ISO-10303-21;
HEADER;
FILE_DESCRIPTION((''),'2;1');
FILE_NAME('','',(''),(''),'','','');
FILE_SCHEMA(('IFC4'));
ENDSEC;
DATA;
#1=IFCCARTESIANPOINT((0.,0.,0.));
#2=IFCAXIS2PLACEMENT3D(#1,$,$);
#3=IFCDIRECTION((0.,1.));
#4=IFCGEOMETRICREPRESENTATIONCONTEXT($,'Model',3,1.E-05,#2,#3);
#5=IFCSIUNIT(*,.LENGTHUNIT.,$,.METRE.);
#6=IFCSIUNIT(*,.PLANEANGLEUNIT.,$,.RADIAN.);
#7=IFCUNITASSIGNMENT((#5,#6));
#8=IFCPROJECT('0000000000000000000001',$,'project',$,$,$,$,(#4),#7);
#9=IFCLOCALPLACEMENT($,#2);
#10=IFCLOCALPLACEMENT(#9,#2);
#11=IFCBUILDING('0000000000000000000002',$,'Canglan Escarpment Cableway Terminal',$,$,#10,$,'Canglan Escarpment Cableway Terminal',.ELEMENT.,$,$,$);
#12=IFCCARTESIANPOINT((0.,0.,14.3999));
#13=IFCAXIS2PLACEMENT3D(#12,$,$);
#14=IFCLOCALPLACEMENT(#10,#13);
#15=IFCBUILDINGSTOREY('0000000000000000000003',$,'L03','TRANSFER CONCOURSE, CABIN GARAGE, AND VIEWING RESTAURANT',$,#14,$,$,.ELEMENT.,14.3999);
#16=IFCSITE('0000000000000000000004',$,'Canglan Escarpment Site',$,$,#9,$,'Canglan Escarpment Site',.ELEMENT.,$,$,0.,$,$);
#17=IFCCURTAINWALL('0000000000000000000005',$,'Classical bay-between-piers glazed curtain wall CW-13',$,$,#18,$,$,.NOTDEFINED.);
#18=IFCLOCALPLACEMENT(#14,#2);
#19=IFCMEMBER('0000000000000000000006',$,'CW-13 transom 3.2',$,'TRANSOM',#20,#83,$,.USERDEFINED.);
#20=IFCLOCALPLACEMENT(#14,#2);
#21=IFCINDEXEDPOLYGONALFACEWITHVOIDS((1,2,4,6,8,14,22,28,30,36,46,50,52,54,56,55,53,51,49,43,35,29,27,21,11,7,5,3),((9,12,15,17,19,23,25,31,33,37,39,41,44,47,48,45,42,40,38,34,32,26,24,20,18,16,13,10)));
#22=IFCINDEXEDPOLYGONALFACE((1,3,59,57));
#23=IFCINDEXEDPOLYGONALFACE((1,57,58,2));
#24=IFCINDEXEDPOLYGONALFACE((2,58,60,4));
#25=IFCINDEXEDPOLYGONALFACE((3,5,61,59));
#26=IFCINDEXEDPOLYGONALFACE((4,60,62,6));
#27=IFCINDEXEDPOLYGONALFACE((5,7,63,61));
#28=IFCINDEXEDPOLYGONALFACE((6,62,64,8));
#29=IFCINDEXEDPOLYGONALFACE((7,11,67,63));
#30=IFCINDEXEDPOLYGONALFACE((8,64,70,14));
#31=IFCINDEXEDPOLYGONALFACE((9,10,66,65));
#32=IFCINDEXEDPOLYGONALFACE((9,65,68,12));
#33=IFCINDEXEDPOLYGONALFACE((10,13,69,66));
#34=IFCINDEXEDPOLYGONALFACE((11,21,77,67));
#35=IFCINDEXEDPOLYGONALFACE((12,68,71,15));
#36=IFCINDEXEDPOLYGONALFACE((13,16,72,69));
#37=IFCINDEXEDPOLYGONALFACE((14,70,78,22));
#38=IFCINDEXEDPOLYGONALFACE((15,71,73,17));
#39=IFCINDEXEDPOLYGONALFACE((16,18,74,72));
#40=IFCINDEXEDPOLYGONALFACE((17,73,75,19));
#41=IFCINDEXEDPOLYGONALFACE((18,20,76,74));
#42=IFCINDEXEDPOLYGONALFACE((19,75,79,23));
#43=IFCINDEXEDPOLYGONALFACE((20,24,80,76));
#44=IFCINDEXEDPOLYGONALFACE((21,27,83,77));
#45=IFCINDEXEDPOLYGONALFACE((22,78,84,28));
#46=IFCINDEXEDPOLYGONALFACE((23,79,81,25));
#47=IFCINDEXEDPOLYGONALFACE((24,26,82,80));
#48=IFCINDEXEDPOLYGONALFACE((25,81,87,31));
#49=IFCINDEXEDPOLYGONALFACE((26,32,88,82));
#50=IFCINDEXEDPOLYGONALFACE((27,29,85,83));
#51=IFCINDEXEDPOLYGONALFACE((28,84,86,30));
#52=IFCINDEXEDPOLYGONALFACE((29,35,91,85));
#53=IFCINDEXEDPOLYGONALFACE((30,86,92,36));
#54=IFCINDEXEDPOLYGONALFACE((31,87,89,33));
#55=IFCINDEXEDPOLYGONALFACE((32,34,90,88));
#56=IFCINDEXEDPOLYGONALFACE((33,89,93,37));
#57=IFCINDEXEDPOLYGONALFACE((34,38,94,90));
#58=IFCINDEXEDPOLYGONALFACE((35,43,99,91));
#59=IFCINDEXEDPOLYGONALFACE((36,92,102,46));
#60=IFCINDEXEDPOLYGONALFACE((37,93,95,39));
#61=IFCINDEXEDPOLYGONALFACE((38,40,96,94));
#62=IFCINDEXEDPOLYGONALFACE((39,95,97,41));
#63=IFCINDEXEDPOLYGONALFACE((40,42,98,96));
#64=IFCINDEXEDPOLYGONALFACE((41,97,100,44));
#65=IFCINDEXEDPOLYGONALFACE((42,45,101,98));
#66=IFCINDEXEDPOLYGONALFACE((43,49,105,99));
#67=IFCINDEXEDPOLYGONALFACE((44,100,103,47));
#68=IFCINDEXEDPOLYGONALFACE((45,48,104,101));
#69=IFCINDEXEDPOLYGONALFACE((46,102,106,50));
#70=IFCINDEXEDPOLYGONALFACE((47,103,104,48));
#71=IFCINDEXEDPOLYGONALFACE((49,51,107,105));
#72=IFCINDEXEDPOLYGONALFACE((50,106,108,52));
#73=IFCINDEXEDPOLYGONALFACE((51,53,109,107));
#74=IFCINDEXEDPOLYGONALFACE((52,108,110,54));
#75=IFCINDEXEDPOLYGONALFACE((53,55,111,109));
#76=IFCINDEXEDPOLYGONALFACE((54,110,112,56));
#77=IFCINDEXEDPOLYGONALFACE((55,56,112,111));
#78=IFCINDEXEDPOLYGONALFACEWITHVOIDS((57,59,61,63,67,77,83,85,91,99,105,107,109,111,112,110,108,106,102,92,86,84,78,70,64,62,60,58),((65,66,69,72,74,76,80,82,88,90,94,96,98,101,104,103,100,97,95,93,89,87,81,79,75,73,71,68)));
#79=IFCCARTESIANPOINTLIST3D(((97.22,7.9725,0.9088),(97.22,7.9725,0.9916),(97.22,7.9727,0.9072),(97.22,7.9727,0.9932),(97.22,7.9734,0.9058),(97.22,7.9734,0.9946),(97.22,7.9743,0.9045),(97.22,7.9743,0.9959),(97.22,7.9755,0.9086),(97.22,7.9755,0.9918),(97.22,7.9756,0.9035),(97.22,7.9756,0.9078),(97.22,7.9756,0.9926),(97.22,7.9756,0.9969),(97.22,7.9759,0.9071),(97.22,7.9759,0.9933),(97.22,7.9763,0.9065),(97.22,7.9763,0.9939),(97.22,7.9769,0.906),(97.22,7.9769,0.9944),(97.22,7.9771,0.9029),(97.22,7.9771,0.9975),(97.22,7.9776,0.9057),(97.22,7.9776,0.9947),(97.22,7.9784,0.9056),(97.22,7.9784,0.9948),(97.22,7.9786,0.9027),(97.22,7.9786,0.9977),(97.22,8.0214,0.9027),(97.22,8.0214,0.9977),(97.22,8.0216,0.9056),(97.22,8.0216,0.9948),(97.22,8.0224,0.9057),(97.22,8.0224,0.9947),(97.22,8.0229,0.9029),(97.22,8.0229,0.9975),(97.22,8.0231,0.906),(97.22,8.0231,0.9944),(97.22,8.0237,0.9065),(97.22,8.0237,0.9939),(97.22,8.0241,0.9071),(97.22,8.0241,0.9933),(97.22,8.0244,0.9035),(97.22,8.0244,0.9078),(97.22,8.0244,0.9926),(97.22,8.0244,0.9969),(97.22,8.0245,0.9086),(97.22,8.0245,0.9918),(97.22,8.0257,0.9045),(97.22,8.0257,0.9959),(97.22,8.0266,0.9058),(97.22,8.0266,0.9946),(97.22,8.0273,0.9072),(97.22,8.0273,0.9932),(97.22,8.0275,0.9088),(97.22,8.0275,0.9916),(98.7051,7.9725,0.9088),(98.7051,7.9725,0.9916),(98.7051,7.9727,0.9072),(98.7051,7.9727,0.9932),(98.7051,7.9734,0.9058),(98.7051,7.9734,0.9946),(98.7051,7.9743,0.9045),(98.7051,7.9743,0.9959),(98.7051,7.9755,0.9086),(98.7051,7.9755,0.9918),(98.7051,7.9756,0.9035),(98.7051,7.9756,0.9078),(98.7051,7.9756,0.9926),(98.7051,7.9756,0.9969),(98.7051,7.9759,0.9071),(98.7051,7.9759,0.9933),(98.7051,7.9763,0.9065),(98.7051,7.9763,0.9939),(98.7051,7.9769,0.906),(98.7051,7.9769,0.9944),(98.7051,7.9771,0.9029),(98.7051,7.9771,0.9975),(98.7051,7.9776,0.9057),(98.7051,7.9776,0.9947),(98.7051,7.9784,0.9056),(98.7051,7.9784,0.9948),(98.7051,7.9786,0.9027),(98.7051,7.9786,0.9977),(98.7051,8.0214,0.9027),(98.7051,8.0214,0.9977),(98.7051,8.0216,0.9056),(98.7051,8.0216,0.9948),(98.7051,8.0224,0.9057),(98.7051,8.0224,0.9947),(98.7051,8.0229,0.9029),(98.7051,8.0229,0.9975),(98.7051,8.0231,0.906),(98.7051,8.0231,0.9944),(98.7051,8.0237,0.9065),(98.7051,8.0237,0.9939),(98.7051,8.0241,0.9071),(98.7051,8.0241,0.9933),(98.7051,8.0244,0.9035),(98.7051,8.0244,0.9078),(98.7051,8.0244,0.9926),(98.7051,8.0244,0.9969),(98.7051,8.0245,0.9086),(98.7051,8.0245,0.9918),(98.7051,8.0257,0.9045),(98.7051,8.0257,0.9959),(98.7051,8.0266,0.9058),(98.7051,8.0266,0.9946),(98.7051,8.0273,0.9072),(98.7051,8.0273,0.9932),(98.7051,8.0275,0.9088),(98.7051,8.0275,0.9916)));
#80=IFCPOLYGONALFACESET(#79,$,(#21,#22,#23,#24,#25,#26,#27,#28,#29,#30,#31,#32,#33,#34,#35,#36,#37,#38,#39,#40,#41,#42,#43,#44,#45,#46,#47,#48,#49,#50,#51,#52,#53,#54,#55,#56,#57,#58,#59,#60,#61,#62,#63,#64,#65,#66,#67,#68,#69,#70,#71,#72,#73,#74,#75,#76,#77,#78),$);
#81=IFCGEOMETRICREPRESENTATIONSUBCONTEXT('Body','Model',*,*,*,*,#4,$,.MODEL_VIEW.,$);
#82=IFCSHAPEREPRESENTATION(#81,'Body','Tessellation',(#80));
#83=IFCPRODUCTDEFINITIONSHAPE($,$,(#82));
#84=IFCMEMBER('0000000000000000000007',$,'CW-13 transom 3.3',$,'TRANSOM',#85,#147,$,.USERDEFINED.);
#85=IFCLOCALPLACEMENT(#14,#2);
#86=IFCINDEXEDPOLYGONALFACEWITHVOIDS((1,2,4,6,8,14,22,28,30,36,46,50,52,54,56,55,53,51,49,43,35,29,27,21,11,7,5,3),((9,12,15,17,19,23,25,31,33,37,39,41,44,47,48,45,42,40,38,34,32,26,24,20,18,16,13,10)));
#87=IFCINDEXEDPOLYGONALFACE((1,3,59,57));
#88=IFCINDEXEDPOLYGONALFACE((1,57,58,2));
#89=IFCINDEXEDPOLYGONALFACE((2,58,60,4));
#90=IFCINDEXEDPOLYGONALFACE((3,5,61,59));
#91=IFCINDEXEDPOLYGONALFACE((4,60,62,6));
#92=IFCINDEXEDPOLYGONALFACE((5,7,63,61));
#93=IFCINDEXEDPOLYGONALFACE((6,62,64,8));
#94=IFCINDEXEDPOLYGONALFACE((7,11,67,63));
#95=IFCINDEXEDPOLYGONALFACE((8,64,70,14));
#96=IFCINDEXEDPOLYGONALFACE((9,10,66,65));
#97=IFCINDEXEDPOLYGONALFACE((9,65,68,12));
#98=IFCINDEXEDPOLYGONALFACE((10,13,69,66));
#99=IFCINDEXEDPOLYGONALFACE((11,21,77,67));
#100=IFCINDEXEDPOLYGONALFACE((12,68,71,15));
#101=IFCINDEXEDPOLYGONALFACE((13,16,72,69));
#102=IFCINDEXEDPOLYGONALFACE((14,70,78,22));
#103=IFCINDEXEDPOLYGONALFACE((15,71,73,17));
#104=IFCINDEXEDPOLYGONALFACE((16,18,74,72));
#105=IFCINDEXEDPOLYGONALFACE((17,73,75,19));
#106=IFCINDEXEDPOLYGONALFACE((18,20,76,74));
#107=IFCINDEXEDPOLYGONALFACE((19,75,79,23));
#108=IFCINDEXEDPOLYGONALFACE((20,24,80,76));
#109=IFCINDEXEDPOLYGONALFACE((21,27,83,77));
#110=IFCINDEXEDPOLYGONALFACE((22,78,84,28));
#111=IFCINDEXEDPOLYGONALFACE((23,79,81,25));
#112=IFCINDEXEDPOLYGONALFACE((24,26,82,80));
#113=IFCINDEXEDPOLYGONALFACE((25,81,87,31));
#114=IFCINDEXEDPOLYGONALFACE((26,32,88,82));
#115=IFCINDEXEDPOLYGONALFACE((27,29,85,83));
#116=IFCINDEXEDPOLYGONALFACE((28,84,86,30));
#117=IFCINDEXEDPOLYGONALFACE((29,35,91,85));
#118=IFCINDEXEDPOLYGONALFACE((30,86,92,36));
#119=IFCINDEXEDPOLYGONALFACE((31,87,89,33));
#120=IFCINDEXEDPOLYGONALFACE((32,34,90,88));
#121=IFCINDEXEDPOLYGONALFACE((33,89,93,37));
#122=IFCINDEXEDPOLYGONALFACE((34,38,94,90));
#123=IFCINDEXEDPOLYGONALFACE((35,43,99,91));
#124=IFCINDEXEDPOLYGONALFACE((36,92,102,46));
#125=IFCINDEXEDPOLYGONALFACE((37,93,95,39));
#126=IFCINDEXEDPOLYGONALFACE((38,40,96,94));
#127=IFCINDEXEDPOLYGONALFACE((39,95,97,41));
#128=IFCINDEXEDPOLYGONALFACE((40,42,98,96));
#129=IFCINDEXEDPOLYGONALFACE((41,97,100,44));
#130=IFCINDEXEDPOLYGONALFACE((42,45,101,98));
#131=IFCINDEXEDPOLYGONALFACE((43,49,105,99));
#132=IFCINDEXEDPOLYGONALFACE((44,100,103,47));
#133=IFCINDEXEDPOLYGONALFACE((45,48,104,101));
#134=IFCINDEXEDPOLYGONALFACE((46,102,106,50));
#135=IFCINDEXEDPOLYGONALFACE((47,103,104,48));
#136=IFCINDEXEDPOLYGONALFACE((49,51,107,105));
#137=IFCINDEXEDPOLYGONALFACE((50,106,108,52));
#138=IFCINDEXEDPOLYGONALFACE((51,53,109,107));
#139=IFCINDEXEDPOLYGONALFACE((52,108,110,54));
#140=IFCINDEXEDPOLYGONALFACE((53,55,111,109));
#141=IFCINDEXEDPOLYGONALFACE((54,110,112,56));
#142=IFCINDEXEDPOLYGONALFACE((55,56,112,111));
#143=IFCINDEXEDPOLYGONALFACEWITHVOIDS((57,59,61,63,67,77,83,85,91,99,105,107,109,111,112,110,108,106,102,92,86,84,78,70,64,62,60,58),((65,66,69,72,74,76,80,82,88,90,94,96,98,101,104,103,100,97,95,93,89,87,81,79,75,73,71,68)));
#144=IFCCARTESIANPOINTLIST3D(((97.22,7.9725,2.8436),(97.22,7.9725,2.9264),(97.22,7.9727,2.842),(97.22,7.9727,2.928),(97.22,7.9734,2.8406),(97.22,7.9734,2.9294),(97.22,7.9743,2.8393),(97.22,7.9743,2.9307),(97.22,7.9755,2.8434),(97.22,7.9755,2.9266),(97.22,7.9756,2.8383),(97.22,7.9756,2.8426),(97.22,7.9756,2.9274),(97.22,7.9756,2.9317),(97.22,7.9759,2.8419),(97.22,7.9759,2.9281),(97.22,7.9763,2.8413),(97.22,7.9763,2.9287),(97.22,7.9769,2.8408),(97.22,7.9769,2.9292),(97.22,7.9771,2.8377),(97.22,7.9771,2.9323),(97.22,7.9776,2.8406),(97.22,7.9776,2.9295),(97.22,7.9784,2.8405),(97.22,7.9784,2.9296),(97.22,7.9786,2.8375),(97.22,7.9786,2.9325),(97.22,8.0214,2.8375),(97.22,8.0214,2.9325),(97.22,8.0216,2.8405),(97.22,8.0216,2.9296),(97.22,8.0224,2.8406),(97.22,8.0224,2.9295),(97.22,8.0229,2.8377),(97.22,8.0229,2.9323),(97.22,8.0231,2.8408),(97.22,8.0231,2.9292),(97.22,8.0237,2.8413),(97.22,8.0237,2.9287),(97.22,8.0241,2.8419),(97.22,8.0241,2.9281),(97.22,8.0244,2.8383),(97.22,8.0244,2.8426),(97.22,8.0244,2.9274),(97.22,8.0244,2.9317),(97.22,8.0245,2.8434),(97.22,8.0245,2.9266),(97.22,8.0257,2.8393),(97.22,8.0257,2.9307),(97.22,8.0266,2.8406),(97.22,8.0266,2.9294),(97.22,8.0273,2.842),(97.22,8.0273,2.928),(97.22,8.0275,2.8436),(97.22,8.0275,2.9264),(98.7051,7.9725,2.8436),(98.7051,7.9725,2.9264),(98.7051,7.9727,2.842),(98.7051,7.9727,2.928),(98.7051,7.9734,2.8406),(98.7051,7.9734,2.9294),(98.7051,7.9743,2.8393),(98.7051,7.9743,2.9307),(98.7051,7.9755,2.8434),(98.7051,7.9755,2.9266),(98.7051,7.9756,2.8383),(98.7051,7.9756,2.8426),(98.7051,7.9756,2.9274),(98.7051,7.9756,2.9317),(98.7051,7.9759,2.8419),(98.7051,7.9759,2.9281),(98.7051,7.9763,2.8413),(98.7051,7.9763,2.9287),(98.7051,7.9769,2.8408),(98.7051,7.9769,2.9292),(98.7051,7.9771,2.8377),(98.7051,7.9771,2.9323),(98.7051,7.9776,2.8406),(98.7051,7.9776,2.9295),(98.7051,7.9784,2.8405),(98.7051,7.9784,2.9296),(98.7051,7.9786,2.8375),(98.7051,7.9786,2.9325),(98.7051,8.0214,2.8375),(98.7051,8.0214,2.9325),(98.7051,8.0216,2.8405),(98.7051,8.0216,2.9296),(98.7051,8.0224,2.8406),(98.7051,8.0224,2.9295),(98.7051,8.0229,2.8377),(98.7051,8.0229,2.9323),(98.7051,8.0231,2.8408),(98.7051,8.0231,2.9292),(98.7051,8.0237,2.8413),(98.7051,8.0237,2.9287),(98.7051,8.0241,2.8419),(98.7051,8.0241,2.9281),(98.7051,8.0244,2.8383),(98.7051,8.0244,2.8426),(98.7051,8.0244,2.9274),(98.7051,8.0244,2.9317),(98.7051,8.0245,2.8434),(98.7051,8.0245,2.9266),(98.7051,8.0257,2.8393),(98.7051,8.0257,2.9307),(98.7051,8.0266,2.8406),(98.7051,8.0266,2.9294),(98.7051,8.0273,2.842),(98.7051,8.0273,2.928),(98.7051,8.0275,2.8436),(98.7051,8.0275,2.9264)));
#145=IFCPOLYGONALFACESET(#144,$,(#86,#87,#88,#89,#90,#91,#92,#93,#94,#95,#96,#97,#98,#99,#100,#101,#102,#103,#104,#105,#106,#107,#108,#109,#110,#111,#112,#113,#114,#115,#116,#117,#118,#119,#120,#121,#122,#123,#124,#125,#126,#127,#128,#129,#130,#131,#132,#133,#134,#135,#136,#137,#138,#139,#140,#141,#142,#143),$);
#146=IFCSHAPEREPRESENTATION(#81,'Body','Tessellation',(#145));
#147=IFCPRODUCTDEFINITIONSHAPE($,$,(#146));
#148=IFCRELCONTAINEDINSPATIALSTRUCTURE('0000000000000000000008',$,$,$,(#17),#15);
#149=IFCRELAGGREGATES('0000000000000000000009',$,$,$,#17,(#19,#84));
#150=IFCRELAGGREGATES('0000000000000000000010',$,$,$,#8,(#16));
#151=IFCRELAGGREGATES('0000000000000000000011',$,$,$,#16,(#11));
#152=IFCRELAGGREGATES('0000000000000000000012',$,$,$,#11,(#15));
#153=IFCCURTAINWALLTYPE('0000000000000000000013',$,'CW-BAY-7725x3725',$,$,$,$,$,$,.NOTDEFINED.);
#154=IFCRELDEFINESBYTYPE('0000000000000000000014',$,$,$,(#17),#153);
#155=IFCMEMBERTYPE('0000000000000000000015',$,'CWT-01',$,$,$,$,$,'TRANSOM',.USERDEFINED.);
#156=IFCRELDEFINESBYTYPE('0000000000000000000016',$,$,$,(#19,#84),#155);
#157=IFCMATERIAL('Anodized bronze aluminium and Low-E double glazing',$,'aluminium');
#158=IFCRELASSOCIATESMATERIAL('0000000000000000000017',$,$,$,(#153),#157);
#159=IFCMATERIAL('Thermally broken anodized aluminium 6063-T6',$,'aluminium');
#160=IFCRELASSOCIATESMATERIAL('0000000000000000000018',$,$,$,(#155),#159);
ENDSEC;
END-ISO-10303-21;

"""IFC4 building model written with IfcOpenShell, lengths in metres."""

from ifc_helpers import new_model, si_unit, direction, frame, origin, origin_2d, place, context, subcontext, project, spatial, hollow_rectangle, extrude, material, material_profile, profile_set, type_object, element, aggregate, save


model = new_model("IFC4")

# Units and contexts
model_context = context("Model", 3, precision=1e-05, world=origin(), true_north=direction((0.0, 1.0)))
body_context = subcontext(model_context, "Body", "Model", "MODEL_VIEW")
ifc_project = project(units=[si_unit("LENGTHUNIT", "METRE"), si_unit("PLANEANGLEUNIT", "RADIAN")], contexts=[model_context])

# Site, building, storey
site_placement = place(None, origin())
site = spatial("IfcSite", under=ifc_project, at=site_placement, Name="Canglan Escarpment Site", LongName="Canglan Escarpment Site", CompositionType="ELEMENT", RefElevation=0.0)
building_placement = place(site_placement, origin())
building = spatial("IfcBuilding", under=site, at=building_placement, Name="Canglan Escarpment Cableway Terminal", LongName="Canglan Escarpment Cableway Terminal", CompositionType="ELEMENT")
storey_placement = place(building_placement, frame((0.0, 0.0, 14.3999)))
storey = spatial("IfcBuildingStorey", under=building, at=storey_placement, Name="L03", Description="TRANSFER CONCOURSE, CABIN GARAGE, AND VIEWING RESTAURANT", CompositionType="ELEMENT", Elevation=14.3999)

# Curtain wall, members
ifc_material_1 = material(Name="Anodized bronze aluminium and Low-E double glazing", Category="aluminium")
curtain_wall_type = type_object("IfcCurtainWallType", Name="CW-BAY-7725x3725", PredefinedType="NOTDEFINED", material=ifc_material_1)
curtain_wall_placement = place(storey_placement, origin())
curtain_wall = element("IfcCurtainWall", 1, at=curtain_wall_placement, inside=storey, type_object=curtain_wall_type, Name="Classical bay-between-piers glazed curtain wall CW-13", PredefinedType="NOTDEFINED")
ifc_material_2 = material(Name="Thermally broken anodized aluminium 6063-T6", Category="aluminium")
ifc_material_profile_1 = material_profile(ifc_material_2, hollow_rectangle(XDim=0.0549, YDim=0.095, WallThickness=0.0029, InnerFilletRadius=0.0029, OuterFilletRadius=0.0061, at=origin_2d()), Name="ALU-TRAN 55x95x3")
ifc_profile_set_1 = profile_set([ifc_material_profile_1], Name="Thermally broken anodized aluminium 6063-T6")
member_type_1 = type_object("IfcMemberType", Name="CWT-01", ElementType="TRANSOM", PredefinedType="USERDEFINED", material=ifc_profile_set_1)
member_1_placement = place(storey_placement, frame((97.22, 8.0, 0.9502), z_axis=(1.0, 0.0, 0.0), x_axis=(0.0, 1.0, 0.0)))
member_1 = element("IfcMember", 2, at=member_1_placement, type_object=member_type_1, Name="CW-13 transom 3.2", ObjectType="TRANSOM", PredefinedType="USERDEFINED", context=body_context, shape_type="SweptSolid", body=[
    extrude(hollow_rectangle(XDim=0.0549, YDim=0.095, WallThickness=0.0029, InnerFilletRadius=0.0029, OuterFilletRadius=0.0061, at=origin_2d()), origin(), (0.0, 0.0, 1.0), 1.4851),
])
member_2_placement = place(storey_placement, frame((97.22, 8.0, 2.885), z_axis=(1.0, 0.0, 0.0), x_axis=(0.0, 1.0, 0.0)))
member_2 = element("IfcMember", 3, at=member_2_placement, type_object=member_type_1, Name="CW-13 transom 3.3", ObjectType="TRANSOM", PredefinedType="USERDEFINED", context=body_context, shape_type="SweptSolid", body=[
    extrude(hollow_rectangle(XDim=0.0549, YDim=0.095, WallThickness=0.0029, InnerFilletRadius=0.0029, OuterFilletRadius=0.0061, at=origin_2d()), origin(), (0.0, 0.0, 1.0), 1.4851),
])

aggregate(curtain_wall, [member_1, member_2])

save(model, "model.ifc")
